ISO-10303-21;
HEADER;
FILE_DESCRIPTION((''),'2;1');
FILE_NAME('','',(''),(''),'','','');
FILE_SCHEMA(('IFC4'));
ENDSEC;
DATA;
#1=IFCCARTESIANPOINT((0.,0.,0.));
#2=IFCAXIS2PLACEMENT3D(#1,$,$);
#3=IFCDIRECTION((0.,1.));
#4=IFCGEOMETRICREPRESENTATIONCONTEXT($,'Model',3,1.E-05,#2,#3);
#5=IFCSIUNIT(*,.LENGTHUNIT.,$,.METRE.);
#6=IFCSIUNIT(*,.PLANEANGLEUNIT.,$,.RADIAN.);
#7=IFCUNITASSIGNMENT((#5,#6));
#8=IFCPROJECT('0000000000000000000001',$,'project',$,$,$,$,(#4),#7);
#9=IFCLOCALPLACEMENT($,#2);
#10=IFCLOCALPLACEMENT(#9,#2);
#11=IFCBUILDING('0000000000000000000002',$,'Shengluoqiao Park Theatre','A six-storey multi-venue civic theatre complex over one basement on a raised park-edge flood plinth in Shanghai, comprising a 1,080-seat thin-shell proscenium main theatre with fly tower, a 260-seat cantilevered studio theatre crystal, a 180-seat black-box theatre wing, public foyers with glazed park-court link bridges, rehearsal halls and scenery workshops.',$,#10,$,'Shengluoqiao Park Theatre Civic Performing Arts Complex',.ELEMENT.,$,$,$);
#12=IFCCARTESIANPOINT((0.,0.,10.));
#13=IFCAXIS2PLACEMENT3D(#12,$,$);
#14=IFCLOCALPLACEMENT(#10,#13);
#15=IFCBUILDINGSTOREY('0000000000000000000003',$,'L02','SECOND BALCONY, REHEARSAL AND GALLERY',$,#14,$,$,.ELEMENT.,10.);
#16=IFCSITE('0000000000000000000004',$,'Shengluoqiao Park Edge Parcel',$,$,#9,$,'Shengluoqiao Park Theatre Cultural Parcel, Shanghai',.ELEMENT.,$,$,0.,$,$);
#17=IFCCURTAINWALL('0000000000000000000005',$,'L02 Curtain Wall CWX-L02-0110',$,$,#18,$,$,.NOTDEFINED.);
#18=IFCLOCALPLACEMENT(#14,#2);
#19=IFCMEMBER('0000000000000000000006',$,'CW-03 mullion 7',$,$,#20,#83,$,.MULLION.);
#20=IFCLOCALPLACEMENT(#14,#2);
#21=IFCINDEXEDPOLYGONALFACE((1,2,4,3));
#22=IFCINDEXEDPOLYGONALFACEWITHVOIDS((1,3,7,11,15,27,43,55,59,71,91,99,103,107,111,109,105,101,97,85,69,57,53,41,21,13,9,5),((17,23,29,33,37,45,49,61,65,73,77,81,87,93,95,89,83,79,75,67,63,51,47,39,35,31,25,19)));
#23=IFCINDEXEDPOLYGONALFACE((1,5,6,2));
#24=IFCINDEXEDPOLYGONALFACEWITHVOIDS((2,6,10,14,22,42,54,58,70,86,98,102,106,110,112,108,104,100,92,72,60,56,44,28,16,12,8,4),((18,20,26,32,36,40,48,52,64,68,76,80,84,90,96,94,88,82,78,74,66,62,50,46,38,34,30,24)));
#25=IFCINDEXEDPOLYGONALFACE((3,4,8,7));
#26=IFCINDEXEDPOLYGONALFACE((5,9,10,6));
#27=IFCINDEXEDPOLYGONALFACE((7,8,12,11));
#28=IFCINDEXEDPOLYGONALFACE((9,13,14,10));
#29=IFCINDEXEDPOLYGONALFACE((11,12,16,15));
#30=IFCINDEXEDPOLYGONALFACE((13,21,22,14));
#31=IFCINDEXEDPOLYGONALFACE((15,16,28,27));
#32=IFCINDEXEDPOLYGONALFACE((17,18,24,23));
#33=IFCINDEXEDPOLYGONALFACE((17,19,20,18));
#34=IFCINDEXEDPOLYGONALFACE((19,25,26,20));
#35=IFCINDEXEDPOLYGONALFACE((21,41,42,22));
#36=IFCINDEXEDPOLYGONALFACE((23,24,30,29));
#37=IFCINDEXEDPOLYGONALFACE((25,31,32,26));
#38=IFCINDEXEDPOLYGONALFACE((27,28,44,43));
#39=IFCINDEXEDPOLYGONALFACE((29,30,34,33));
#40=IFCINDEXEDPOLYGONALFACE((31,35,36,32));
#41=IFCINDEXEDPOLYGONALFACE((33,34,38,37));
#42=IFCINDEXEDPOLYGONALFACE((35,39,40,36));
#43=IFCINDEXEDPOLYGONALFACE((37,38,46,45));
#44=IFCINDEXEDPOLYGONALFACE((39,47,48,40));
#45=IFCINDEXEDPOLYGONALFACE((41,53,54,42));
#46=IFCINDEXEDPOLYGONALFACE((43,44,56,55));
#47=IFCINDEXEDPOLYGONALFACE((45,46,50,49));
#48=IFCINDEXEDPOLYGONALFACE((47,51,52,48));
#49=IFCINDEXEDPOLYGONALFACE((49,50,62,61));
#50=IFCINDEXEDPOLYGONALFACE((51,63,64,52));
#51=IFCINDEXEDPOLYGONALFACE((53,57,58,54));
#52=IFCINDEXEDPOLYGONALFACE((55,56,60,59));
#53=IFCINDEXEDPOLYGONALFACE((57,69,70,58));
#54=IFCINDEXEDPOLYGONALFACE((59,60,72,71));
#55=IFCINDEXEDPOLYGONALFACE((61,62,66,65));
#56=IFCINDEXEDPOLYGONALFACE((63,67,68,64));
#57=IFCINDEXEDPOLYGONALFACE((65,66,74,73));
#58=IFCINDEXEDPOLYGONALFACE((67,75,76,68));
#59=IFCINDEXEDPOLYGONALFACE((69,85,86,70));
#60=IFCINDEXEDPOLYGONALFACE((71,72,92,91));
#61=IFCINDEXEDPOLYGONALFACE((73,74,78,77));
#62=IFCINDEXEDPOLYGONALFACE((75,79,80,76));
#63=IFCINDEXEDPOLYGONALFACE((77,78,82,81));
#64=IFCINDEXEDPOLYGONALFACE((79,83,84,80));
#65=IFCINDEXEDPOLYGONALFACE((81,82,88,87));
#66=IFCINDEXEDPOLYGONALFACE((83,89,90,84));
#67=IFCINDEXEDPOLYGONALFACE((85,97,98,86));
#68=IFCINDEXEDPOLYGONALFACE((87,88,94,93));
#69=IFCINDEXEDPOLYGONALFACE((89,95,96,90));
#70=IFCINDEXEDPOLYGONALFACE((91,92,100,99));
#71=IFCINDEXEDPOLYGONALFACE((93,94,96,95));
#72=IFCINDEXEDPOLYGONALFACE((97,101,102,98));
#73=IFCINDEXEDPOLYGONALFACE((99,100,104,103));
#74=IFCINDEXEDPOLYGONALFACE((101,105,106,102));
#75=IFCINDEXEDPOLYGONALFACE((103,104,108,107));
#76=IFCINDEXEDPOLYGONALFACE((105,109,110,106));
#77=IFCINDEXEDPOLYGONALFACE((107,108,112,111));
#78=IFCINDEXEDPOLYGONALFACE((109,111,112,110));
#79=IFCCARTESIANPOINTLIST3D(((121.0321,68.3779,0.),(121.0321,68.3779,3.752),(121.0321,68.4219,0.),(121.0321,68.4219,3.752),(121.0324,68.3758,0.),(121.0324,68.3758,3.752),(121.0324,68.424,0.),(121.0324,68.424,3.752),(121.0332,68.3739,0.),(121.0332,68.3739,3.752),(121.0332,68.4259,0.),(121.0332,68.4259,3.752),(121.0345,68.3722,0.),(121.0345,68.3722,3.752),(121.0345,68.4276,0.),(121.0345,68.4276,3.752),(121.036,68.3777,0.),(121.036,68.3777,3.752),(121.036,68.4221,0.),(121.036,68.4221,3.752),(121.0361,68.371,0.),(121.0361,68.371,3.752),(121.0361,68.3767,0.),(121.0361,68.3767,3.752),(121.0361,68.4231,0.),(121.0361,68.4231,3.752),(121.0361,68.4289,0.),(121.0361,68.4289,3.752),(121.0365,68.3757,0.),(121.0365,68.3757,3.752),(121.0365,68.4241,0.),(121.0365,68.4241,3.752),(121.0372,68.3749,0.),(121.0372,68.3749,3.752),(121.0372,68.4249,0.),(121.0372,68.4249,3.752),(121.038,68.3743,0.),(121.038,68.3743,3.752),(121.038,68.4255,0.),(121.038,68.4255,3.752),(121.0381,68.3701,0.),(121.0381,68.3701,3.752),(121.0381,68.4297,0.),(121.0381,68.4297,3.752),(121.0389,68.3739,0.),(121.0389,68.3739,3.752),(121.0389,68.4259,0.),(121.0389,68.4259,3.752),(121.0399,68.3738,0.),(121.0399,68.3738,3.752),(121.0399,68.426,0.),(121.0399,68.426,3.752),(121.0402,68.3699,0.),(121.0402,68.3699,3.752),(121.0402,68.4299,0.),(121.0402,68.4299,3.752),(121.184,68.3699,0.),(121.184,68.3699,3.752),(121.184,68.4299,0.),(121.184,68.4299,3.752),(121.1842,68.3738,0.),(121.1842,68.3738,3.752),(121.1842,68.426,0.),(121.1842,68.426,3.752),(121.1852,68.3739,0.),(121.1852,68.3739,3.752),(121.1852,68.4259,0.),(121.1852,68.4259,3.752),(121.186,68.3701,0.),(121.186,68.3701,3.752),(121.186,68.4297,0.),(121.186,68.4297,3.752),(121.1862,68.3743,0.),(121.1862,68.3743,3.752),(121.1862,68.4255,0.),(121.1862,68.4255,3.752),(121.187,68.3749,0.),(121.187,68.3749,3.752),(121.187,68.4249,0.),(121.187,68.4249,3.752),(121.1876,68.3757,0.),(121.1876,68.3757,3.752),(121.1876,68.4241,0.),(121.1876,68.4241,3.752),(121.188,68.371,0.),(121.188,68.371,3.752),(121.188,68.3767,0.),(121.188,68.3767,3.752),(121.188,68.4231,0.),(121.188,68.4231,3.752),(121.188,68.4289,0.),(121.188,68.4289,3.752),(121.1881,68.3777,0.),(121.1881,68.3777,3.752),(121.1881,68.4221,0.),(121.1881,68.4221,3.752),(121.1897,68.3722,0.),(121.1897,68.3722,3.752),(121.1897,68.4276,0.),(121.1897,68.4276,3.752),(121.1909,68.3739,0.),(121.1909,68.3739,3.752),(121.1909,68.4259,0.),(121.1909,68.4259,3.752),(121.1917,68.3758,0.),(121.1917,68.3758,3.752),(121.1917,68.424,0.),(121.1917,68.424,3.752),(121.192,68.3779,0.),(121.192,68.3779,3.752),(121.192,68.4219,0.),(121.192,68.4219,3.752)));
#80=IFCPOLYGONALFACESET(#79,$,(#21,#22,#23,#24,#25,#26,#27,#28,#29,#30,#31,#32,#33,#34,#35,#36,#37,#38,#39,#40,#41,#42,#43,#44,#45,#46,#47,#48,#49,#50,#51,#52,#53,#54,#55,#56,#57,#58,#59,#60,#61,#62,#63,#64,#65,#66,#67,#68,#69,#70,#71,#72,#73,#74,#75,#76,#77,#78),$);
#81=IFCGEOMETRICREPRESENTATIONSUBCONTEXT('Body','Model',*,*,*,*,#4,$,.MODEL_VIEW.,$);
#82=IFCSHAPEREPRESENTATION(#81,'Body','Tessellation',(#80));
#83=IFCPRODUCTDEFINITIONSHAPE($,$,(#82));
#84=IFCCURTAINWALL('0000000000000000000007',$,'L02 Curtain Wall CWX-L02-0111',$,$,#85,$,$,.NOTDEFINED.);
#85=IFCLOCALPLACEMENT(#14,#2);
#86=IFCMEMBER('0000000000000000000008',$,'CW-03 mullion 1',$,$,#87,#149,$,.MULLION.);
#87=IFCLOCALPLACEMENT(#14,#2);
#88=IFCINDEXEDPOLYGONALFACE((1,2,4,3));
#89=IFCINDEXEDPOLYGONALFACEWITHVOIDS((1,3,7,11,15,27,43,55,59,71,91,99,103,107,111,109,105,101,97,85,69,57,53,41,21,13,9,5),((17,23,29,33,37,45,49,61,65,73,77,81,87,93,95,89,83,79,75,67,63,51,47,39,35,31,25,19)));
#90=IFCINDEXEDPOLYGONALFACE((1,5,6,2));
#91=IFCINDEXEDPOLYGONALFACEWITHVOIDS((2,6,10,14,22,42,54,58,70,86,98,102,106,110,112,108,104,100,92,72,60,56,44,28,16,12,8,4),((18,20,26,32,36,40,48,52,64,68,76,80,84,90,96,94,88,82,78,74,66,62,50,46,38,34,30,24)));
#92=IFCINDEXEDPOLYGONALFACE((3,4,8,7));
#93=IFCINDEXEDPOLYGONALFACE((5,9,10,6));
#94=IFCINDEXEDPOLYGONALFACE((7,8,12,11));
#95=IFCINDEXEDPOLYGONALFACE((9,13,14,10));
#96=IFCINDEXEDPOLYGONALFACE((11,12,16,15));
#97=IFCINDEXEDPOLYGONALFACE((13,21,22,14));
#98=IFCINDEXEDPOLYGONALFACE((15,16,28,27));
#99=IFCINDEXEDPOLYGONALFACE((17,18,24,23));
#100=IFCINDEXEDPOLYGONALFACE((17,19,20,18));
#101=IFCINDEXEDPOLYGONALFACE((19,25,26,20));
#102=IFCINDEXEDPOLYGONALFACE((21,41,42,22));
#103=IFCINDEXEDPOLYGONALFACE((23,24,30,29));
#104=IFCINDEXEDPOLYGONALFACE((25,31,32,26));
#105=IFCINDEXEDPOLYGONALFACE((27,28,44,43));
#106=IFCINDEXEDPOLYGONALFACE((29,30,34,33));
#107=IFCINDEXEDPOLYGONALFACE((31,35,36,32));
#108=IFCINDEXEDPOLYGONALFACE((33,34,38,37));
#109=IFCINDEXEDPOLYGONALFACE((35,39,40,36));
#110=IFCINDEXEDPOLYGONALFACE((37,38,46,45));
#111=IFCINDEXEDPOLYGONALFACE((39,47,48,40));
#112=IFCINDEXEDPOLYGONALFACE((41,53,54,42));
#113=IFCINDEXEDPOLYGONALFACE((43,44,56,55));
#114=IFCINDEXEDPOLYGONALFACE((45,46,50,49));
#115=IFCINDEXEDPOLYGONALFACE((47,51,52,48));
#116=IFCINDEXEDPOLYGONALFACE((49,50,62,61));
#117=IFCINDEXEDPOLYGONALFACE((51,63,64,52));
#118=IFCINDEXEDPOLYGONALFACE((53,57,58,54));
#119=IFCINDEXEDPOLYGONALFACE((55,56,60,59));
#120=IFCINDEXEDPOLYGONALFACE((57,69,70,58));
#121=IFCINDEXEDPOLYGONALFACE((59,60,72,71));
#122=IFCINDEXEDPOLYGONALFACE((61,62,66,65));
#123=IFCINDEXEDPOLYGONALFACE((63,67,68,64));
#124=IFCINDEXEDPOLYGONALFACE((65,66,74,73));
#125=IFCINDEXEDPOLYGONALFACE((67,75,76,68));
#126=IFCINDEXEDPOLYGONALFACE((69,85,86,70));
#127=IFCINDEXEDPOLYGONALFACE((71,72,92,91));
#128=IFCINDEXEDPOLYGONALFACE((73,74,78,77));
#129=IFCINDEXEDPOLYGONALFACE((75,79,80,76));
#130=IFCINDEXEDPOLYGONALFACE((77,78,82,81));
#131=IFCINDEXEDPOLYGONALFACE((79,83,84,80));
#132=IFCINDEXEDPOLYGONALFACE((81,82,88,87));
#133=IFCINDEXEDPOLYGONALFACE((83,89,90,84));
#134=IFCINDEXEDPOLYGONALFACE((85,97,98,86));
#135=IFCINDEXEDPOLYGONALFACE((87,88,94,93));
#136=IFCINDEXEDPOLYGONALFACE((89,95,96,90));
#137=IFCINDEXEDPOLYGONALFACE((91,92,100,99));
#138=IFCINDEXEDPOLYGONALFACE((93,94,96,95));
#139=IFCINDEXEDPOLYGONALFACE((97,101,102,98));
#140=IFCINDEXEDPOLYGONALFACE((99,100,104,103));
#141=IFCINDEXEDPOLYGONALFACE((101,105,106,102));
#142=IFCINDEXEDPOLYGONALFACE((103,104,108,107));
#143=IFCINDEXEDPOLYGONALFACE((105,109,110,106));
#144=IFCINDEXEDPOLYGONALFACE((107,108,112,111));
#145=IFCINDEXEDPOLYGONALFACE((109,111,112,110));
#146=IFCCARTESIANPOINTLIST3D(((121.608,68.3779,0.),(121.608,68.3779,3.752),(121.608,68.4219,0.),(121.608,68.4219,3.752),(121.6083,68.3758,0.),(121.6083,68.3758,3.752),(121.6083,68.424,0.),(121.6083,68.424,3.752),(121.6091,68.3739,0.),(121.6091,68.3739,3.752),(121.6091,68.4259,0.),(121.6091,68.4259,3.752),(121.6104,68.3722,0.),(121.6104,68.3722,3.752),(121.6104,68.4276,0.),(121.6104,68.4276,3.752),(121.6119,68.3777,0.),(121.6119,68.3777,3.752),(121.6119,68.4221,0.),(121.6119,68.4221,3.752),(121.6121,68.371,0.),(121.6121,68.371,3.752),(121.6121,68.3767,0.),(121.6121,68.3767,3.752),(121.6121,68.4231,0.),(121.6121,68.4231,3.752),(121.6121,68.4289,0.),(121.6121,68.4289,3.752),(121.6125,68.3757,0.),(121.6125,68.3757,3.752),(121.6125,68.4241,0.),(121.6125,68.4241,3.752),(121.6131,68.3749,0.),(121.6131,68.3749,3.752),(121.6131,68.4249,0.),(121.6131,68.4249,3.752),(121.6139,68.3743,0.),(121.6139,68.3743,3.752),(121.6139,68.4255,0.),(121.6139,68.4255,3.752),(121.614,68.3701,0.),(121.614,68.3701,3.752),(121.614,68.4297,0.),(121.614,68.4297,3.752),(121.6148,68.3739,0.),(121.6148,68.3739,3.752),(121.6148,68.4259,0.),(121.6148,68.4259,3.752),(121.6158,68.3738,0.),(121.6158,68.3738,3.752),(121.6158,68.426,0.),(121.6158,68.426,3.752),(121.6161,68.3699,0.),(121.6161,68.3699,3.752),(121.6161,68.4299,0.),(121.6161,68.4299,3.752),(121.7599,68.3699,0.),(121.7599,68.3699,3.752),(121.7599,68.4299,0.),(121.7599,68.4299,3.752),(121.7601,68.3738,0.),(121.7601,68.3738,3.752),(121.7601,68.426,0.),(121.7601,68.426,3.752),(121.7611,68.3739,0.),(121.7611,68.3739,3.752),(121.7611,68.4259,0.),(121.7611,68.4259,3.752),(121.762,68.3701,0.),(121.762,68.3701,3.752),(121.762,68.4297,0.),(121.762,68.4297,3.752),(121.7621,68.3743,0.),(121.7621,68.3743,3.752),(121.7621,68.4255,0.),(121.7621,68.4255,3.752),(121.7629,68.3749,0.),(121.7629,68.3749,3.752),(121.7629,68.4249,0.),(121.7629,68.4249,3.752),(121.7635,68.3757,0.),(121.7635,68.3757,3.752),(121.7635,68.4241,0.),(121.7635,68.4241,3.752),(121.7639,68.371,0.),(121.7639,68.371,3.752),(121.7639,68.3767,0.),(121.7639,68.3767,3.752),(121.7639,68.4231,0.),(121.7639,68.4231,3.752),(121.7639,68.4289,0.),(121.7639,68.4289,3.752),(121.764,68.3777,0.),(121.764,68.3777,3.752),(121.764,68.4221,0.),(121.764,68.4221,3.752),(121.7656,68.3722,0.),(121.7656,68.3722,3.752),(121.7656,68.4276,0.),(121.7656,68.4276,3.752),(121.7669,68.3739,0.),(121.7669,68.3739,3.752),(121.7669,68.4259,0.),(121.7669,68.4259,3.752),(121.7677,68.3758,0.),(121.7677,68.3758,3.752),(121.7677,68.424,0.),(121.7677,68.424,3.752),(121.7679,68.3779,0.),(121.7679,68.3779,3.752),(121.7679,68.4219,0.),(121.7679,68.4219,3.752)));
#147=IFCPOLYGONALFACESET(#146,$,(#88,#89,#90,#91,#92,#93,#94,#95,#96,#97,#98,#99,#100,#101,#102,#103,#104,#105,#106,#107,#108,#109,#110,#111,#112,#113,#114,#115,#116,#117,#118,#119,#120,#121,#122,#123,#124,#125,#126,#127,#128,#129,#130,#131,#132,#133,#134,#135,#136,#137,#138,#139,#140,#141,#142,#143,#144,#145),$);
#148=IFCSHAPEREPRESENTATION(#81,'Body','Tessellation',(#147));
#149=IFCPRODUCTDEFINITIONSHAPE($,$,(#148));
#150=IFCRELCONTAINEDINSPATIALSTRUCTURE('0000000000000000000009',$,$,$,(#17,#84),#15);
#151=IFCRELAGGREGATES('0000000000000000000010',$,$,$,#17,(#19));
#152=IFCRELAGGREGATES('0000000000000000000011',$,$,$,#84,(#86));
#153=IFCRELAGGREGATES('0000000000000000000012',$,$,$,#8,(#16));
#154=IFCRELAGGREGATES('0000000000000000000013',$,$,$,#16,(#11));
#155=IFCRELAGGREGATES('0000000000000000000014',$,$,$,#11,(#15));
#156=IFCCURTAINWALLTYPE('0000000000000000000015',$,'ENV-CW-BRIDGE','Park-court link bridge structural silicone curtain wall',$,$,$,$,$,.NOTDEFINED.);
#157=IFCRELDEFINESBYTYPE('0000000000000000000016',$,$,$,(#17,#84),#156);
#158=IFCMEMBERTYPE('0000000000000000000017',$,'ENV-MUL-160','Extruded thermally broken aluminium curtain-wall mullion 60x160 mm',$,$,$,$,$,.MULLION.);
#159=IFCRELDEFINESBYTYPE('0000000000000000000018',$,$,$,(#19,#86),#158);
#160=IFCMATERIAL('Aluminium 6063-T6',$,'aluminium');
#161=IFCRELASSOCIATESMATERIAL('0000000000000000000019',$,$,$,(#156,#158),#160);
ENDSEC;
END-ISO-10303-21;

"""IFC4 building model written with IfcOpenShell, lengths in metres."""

from ifc_helpers import new_model, si_unit, direction, frame, origin, origin_2d, place, context, subcontext, project, spatial, hollow_rectangle, extrude, material, material_profile, profile_set, type_object, element, aggregate, save


model = new_model("IFC4")

# Units and contexts
model_context = context("Model", 3, precision=1e-05, world=origin(), true_north=direction((0.0, 1.0)))
body_context = subcontext(model_context, "Body", "Model", "MODEL_VIEW")
ifc_project = project(units=[si_unit("LENGTHUNIT", "METRE"), si_unit("PLANEANGLEUNIT", "RADIAN")], contexts=[model_context])

# Site, building, storey
site_placement = place(None, origin())
site = spatial("IfcSite", under=ifc_project, at=site_placement, Name="Shengluoqiao Park Edge Parcel", LongName="Shengluoqiao Park Theatre Cultural Parcel, Shanghai", CompositionType="ELEMENT", RefElevation=0.0)
building_placement = place(site_placement, origin())
building = spatial("IfcBuilding", under=site, at=building_placement, Name="Shengluoqiao Park Theatre", Description="A six-storey multi-venue civic theatre complex over one basement on a raised park-edge flood plinth in Shanghai, comprising a 1,080-seat thin-shell proscenium main theatre with fly tower, a 260-seat cantilevered studio theatre crystal, a 180-seat black-box theatre wing, public foyers with glazed park-court link bridges, rehearsal halls and scenery workshops.", LongName="Shengluoqiao Park Theatre Civic Performing Arts Complex", CompositionType="ELEMENT")
storey_placement = place(building_placement, frame((0.0, 0.0, 10.0)))
storey = spatial("IfcBuildingStorey", under=building, at=storey_placement, Name="L02", Description="SECOND BALCONY, REHEARSAL AND GALLERY", CompositionType="ELEMENT", Elevation=10.0)

# Curtain walls, members
ifc_material_1 = material(Name="Aluminium 6063-T6", Category="aluminium")
curtain_wall_type = type_object("IfcCurtainWallType", Name="ENV-CW-BRIDGE", Description="Park-court link bridge structural silicone curtain wall", PredefinedType="NOTDEFINED", material=ifc_material_1)
curtain_wall_1_placement = place(storey_placement, origin())
curtain_wall_1 = element("IfcCurtainWall", 1, at=curtain_wall_1_placement, inside=storey, type_object=curtain_wall_type, Name="L02 Curtain Wall CWX-L02-0110", PredefinedType="NOTDEFINED")
ifc_material_profile_1 = material_profile(ifc_material_1, hollow_rectangle(XDim=0.0601, YDim=0.1599, WallThickness=0.0039, InnerFilletRadius=0.0039, OuterFilletRadius=0.0081, at=origin_2d()), Name="ALU MULLION 160x60x4")
ifc_profile_set_1 = profile_set([ifc_material_profile_1], Name="Aluminium 6063-T6")
member_type_1 = type_object("IfcMemberType", Name="ENV-MUL-160", Description="Extruded thermally broken aluminium curtain-wall mullion 60x160 mm", PredefinedType="MULLION", material=ifc_profile_set_1)
member_1_placement = place(storey_placement, frame((121.1121, 68.3999, 0.0), z_axis=(0.0, 0.0, 1.0), x_axis=(0.0, 1.0, 0.0)))
member_1 = element("IfcMember", 2, at=member_1_placement, type_object=member_type_1, Name="CW-03 mullion 7", PredefinedType="MULLION", context=body_context, shape_type="SweptSolid", body=[
    extrude(hollow_rectangle(XDim=0.0601, YDim=0.1599, WallThickness=0.0039, InnerFilletRadius=0.0039, OuterFilletRadius=0.0081, at=origin_2d()), origin(), (0.0, 0.0, 1.0), 3.752),
])
curtain_wall_2_placement = place(storey_placement, origin())
curtain_wall_2 = element("IfcCurtainWall", 3, at=curtain_wall_2_placement, inside=storey, type_object=curtain_wall_type, Name="L02 Curtain Wall CWX-L02-0111", PredefinedType="NOTDEFINED")
member_2_placement = place(storey_placement, frame((121.688, 68.3999, 0.0), z_axis=(0.0, 0.0, 1.0), x_axis=(0.0, 1.0, 0.0)))
member_2 = element("IfcMember", 4, at=member_2_placement, type_object=member_type_1, Name="CW-03 mullion 1", PredefinedType="MULLION", context=body_context, shape_type="SweptSolid", body=[
    extrude(hollow_rectangle(XDim=0.0601, YDim=0.1599, WallThickness=0.0039, InnerFilletRadius=0.0039, OuterFilletRadius=0.0081, at=origin_2d()), origin(), (0.0, 0.0, 1.0), 3.752),
])

aggregate(curtain_wall_1, [member_1])
aggregate(curtain_wall_2, [member_2])

save(model, "model.ifc")
